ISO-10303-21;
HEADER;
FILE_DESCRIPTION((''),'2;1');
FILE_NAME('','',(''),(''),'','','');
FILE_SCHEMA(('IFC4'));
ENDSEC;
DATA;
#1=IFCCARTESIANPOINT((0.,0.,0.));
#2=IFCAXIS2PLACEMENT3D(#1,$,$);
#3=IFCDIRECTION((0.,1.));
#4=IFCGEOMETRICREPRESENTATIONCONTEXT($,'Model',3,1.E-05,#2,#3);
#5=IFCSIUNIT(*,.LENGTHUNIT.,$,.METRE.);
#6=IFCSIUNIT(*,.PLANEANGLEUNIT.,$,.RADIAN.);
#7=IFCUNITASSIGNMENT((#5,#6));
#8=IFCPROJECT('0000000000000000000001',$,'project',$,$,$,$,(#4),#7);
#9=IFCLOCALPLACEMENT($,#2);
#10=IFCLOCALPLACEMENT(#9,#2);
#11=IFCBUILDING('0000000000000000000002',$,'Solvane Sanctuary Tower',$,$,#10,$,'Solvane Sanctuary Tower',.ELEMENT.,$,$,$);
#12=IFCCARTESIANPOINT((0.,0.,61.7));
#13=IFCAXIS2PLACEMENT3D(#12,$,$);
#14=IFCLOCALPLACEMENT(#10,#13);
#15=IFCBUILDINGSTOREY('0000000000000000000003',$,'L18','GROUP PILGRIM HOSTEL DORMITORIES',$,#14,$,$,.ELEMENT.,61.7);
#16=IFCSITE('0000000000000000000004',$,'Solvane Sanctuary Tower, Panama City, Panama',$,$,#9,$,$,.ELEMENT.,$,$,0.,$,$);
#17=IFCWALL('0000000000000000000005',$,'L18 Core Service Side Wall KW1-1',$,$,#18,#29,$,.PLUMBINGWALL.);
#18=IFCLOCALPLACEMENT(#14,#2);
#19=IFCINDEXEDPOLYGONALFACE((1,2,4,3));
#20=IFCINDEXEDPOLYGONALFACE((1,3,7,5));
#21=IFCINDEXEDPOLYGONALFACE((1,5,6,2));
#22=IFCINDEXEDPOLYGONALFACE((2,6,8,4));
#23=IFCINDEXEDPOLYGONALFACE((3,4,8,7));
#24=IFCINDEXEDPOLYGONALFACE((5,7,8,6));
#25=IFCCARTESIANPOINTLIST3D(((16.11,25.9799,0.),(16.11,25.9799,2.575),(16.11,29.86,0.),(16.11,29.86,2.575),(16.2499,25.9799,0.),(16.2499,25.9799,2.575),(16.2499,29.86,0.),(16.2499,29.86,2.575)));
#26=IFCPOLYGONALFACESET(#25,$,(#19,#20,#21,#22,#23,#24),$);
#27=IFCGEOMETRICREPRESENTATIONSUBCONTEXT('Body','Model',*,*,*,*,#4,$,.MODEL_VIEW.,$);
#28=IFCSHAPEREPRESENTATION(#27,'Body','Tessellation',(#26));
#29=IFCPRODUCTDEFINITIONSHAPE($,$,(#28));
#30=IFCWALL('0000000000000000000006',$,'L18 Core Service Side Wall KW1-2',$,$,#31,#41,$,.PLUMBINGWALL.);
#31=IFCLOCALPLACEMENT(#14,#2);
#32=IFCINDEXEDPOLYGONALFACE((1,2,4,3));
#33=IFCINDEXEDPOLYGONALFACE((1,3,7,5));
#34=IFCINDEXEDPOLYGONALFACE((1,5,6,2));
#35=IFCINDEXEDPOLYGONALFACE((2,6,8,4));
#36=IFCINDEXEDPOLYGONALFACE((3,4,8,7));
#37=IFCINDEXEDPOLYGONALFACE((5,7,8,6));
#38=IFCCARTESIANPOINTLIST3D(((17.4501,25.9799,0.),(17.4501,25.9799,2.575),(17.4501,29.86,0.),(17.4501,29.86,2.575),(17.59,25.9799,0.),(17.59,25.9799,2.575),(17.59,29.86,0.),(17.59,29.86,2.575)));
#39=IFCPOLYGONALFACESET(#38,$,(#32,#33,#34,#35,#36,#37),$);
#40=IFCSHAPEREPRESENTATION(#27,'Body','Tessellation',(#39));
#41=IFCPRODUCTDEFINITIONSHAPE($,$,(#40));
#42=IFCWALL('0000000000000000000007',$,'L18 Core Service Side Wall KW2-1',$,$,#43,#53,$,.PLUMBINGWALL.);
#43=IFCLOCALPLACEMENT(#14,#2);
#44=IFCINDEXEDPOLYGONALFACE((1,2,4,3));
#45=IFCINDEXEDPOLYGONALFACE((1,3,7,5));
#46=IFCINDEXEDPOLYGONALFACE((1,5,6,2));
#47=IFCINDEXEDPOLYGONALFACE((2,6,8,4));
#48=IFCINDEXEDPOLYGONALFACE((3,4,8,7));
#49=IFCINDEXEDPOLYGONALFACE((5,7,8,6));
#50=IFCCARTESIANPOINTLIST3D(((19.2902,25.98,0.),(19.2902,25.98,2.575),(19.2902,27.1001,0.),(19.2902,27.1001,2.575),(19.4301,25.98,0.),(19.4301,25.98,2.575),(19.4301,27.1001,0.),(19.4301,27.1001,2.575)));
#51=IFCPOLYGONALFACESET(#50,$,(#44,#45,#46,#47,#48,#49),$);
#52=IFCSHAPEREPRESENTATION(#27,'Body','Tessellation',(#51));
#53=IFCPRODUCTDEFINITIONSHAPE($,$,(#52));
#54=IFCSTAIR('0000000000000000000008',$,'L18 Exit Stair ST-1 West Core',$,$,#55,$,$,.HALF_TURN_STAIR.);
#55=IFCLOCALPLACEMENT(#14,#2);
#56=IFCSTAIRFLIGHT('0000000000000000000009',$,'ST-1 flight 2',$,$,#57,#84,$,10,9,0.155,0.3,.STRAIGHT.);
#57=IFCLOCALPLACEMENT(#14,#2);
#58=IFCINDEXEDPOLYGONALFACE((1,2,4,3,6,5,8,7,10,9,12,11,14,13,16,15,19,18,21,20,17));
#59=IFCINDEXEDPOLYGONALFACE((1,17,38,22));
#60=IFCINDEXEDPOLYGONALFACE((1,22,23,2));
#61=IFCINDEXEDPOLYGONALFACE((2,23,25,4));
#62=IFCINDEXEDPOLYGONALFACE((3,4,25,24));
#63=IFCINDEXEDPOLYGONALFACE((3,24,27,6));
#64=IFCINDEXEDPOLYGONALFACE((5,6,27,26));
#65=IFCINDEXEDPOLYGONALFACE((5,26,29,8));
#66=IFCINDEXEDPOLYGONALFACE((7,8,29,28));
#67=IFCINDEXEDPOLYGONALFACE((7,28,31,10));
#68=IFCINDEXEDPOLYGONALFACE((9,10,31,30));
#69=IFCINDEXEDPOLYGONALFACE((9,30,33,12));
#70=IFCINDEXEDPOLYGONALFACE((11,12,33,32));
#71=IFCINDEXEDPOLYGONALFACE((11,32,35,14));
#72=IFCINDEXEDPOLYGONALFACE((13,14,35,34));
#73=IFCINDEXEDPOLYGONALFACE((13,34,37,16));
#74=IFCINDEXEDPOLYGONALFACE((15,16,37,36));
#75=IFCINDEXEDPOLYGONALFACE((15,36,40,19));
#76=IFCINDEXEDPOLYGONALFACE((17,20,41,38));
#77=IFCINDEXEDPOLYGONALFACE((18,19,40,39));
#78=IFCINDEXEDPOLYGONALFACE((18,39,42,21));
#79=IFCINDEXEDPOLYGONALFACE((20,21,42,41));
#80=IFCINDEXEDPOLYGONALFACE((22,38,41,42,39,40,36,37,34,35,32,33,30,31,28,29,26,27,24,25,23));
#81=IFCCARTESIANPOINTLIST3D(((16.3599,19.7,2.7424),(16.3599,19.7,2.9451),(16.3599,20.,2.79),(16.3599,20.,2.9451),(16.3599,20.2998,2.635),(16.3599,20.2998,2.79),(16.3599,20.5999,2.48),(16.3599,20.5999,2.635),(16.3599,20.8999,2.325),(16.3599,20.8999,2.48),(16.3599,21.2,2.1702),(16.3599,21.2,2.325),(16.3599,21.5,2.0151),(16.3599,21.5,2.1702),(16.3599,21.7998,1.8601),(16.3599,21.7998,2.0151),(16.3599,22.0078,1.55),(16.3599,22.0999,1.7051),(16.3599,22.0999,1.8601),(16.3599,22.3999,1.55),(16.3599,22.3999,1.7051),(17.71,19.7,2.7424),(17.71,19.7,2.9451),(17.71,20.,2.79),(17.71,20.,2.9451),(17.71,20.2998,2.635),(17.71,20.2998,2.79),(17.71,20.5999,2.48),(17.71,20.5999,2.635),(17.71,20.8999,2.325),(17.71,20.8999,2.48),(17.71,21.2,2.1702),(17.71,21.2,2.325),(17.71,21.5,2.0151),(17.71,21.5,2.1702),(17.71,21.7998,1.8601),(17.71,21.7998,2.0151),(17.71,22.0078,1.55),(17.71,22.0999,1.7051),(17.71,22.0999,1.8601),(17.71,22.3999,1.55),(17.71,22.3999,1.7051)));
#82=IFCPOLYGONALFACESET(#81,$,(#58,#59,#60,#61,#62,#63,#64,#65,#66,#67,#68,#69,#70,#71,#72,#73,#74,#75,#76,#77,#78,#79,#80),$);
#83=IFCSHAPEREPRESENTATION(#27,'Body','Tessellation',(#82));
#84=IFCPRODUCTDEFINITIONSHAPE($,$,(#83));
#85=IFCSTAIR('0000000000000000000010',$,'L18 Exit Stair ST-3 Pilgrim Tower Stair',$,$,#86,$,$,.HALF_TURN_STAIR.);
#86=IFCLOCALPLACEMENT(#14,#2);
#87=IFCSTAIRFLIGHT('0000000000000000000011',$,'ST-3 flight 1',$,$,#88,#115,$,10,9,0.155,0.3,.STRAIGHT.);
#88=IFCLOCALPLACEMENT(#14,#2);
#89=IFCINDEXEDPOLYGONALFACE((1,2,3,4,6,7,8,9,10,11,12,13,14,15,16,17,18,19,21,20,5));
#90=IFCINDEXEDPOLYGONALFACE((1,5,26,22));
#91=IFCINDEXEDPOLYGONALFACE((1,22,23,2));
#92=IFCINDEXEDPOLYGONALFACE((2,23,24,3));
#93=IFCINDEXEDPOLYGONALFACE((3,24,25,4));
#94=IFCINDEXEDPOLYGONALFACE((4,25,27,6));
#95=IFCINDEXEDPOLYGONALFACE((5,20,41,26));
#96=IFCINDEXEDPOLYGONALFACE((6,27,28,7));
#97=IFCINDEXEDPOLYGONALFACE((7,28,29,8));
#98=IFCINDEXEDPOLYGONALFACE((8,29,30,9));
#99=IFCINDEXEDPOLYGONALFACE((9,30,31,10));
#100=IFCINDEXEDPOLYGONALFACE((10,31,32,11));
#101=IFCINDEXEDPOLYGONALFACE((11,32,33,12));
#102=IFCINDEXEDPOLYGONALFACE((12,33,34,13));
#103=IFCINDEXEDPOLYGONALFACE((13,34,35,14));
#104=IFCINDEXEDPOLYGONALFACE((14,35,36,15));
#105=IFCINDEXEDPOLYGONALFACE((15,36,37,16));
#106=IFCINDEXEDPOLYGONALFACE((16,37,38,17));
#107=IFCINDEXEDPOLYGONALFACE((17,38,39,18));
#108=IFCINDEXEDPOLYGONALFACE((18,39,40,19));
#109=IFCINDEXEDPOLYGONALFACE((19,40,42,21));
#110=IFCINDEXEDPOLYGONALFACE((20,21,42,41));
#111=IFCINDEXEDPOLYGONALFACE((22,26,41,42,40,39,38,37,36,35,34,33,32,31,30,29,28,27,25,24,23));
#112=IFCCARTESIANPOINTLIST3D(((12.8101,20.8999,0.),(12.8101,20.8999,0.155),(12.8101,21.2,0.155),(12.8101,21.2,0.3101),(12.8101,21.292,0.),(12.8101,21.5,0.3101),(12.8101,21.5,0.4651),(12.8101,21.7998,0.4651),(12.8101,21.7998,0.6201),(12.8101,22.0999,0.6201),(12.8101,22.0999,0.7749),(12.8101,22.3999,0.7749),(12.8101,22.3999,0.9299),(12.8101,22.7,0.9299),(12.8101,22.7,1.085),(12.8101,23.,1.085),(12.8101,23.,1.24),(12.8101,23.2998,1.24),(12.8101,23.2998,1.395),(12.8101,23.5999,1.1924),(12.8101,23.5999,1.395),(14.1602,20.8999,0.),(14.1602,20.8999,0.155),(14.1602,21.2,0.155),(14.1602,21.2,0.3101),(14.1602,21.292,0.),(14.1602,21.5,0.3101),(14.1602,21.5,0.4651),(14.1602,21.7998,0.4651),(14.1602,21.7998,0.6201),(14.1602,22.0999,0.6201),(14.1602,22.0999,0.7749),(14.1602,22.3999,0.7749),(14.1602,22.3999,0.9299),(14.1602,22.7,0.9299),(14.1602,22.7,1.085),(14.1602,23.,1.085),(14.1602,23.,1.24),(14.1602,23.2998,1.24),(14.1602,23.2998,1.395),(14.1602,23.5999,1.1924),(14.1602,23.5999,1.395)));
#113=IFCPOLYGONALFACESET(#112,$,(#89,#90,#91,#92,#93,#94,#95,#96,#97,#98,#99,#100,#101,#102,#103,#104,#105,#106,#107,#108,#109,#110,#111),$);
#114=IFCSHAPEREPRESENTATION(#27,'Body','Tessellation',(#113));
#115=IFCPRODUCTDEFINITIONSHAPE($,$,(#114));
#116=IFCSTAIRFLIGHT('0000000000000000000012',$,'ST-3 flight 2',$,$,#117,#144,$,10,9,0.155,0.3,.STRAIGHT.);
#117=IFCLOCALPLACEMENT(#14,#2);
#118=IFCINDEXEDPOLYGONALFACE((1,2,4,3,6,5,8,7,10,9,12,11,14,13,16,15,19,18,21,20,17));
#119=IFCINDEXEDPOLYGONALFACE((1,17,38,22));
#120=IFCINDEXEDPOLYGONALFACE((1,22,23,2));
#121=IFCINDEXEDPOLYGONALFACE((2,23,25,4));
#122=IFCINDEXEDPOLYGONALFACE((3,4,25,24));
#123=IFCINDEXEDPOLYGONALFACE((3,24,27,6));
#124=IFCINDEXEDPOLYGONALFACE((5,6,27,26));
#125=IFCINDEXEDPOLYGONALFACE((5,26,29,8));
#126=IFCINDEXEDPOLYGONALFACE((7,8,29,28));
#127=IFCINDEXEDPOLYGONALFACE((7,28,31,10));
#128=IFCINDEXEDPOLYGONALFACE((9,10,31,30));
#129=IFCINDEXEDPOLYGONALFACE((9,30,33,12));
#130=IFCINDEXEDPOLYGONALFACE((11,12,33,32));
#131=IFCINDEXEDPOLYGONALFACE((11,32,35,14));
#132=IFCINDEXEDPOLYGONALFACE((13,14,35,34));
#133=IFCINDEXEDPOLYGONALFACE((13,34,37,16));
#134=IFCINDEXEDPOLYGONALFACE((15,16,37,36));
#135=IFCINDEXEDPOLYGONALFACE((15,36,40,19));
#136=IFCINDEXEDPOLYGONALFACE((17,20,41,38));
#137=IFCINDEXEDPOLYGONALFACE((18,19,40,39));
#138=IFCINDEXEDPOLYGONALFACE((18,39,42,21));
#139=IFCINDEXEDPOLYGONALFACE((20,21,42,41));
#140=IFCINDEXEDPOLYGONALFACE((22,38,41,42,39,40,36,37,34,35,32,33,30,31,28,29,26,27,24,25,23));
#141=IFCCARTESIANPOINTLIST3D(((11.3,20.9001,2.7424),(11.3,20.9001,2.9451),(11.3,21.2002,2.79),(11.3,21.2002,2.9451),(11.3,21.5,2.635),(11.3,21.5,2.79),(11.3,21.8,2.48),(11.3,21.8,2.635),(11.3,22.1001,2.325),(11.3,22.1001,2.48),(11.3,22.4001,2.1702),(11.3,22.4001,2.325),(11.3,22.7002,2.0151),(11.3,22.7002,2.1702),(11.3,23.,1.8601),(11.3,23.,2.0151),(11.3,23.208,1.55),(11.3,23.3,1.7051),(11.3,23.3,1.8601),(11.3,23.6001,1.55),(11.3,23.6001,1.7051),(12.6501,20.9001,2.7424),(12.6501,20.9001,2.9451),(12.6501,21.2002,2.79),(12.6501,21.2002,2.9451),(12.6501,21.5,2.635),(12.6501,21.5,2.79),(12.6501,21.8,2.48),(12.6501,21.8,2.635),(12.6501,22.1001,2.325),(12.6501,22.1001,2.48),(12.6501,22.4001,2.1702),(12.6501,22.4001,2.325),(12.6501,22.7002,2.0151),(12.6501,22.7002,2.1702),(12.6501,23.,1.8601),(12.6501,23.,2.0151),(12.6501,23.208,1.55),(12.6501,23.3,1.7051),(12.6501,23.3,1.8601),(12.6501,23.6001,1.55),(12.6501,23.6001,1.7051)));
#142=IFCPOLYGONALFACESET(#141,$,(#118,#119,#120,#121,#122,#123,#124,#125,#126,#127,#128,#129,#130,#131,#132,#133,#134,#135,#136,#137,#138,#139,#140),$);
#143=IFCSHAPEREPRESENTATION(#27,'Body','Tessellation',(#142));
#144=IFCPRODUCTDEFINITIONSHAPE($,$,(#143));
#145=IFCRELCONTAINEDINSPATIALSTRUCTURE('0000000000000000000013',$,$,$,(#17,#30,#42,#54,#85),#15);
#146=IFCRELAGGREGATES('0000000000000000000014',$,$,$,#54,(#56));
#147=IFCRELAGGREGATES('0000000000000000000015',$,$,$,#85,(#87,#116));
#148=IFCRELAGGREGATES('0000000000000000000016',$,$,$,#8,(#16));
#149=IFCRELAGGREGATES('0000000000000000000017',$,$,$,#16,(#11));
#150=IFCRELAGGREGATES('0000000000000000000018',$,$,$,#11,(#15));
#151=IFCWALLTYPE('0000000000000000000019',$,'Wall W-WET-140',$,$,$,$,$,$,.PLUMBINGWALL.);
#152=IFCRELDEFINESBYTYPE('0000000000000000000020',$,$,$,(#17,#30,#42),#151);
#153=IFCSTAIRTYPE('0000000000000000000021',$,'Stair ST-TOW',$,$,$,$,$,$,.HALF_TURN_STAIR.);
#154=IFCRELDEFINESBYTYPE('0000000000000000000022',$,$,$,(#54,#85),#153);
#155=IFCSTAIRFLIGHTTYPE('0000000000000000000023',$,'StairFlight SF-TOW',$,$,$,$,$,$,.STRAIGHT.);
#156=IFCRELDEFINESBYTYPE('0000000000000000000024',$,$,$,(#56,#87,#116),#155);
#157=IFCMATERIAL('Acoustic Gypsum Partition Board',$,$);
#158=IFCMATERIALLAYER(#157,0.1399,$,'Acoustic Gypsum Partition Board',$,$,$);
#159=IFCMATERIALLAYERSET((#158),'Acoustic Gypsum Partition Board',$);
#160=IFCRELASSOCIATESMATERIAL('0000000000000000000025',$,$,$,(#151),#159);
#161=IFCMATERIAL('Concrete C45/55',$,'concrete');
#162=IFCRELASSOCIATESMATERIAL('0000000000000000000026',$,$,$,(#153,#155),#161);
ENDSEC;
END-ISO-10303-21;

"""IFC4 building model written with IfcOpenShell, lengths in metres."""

from ifc_helpers import new_model, si_unit, direction, frame, frame_2d, origin, place, context, subcontext, project, spatial, polyline, rectangle, outline, extrude, material, layer, layer_set, type_object, element, aggregate, save


model = new_model("IFC4")

# Units and contexts
model_context = context("Model", 3, precision=1e-05, world=origin(), true_north=direction((0.0, 1.0)))
body_context = subcontext(model_context, "Body", "Model", "MODEL_VIEW")
ifc_project = project(units=[si_unit("LENGTHUNIT", "METRE"), si_unit("PLANEANGLEUNIT", "RADIAN")], contexts=[model_context])

# Site, building, storey
site_placement = place(None, origin())
site = spatial("IfcSite", under=ifc_project, at=site_placement, Name="Solvane Sanctuary Tower, Panama City, Panama", CompositionType="ELEMENT", RefElevation=0.0)
building_placement = place(site_placement, origin())
building = spatial("IfcBuilding", under=site, at=building_placement, Name="Solvane Sanctuary Tower", LongName="Solvane Sanctuary Tower", CompositionType="ELEMENT")
storey_placement = place(building_placement, frame((0.0, 0.0, 61.7)))
storey = spatial("IfcBuildingStorey", under=building, at=storey_placement, Name="L18", Description="GROUP PILGRIM HOSTEL DORMITORIES", CompositionType="ELEMENT", Elevation=61.7)

# Shared definitions
ifc_material_1 = material(Name="Acoustic Gypsum Partition Board")

# Walls
ifc_layer_1 = layer(ifc_material_1, 0.1399, Name="Acoustic Gypsum Partition Board")
ifc_layer_set_1 = layer_set([ifc_layer_1], Name="Acoustic Gypsum Partition Board")
wall_type_1 = type_object("IfcWallType", Name="Wall W-WET-140", PredefinedType="PLUMBINGWALL", material=ifc_layer_set_1)
for number, where, z_axis, x_axis, name in (
    (1, (16.1799, 25.98, 0.0), (0.0, 0.0, 1.0), (0.0, 1.0, 0.0), "L18 Core Service Side Wall KW1-1"),
    (2, (17.52, 25.98, 0.0), (0.0, 0.0, 1.0), (0.0, 1.0, 0.0), "L18 Core Service Side Wall KW1-2"),
):
    element("IfcWall", number, at=place(storey_placement, frame(where, z_axis=z_axis, x_axis=x_axis)), inside=storey, type_object=wall_type_1, Name=name, PredefinedType="PLUMBINGWALL", context=body_context, shape_type="SweptSolid", body=[
        extrude(rectangle(XDim=3.8801, YDim=0.1399, at=frame_2d((1.9399, 0.0))), origin(), (0.0, 0.0, 1.0), 2.575),
    ])
wall_1_placement = place(storey_placement, frame((19.3601, 25.98, 0.0), z_axis=(0.0, 0.0, 1.0), x_axis=(0.0, 1.0, 0.0)))
element("IfcWall", 3, at=wall_1_placement, inside=storey, type_object=wall_type_1, Name="L18 Core Service Side Wall KW2-1", PredefinedType="PLUMBINGWALL", context=body_context, shape_type="SweptSolid", body=[
    extrude(rectangle(XDim=1.1201, YDim=0.1399, at=frame_2d((0.5601, 0.0))), origin(), (0.0, 0.0, 1.0), 2.575),
])

# Stair, stair flight
ifc_material_2 = material(Name="Concrete C45/55", Category="concrete")
stair_type = type_object("IfcStairType", Name="Stair ST-TOW", PredefinedType="HALF_TURN_STAIR", material=ifc_material_2)
stair_1_placement = place(storey_placement, origin())
stair_1 = element("IfcStair", 4, at=stair_1_placement, inside=storey, type_object=stair_type, Name="L18 Exit Stair ST-1 West Core", PredefinedType="HALF_TURN_STAIR")
stair_flight_type = type_object("IfcStairFlightType", Name="StairFlight SF-TOW", PredefinedType="STRAIGHT", material=ifc_material_2)
stair_flight_1_placement = place(storey_placement, frame((17.0349, 22.3999, 1.55), z_axis=(0.0, 0.0, 1.0), x_axis=(0.0, -1.0, 0.0)))
stair_flight_1 = element("IfcStairFlight", 5, at=stair_flight_1_placement, type_object=stair_flight_type, Name="ST-1 flight 2", NumberOfRisers=10, NumberOfTreads=9, PredefinedType="STRAIGHT", RiserHeight=0.155, TreadLength=0.3, context=body_context, shape_type="SweptSolid", body=[
    extrude(outline(polyline([(0.0, 0.0), (0.0, 0.155), (0.3, 0.155), (0.3, 0.3101), (0.6001, 0.3101), (0.6001, 0.4651), (0.8999, 0.4651), (0.8999, 0.6201), (1.2, 0.6201), (1.2, 0.7749), (1.5, 0.7749), (1.5, 0.9299), (1.8, 0.9299), (1.8, 1.085), (2.1001, 1.085), (2.1001, 1.24), (2.3999, 1.24), (2.3999, 1.395), (2.7, 1.395), (2.7, 1.55), (2.7, 1.1924), (0.3921, 0.0), (0.0, 0.0)])), frame((0.0, 0.675, 0.0), z_axis=(0.0, -1.0, 0.0), x_axis=(1.0, 0.0, 0.0)), (0.0, 0.0, 1.0), 1.3501),
])
aggregate(stair_1, [stair_flight_1])

# Stair, stair flights
stair_2_placement = place(storey_placement, origin())
stair_2 = element("IfcStair", 6, at=stair_2_placement, inside=storey, type_object=stair_type, Name="L18 Exit Stair ST-3 Pilgrim Tower Stair", PredefinedType="HALF_TURN_STAIR")
stair_flight_2_placement = place(storey_placement, frame((13.4851, 20.8999, 0.0), z_axis=(0.0, 0.0, 1.0), x_axis=(0.0, 1.0, 0.0)))
stair_flight_2 = element("IfcStairFlight", 7, at=stair_flight_2_placement, type_object=stair_flight_type, Name="ST-3 flight 1", NumberOfRisers=10, NumberOfTreads=9, PredefinedType="STRAIGHT", RiserHeight=0.155, TreadLength=0.3, context=body_context, shape_type="SweptSolid", body=[
    extrude(outline(polyline([(0.0, 0.0), (0.0, 0.155), (0.3, 0.155), (0.3, 0.3101), (0.6001, 0.3101), (0.6001, 0.4651), (0.8999, 0.4651), (0.8999, 0.6201), (1.2, 0.6201), (1.2, 0.7749), (1.5, 0.7749), (1.5, 0.9299), (1.8, 0.9299), (1.8, 1.085), (2.1001, 1.085), (2.1001, 1.24), (2.3999, 1.24), (2.3999, 1.395), (2.7, 1.395), (2.7, 1.55), (2.7, 1.1924), (0.3921, 0.0), (0.0, 0.0)])), frame((0.0, 0.675, 0.0), z_axis=(0.0, -1.0, 0.0), x_axis=(1.0, 0.0, 0.0)), (0.0, 0.0, 1.0), 1.3501),
])
stair_flight_3_placement = place(storey_placement, frame((11.9751, 23.6001, 1.55), z_axis=(0.0, 0.0, 1.0), x_axis=(0.0, -1.0, 0.0)))
stair_flight_3 = element("IfcStairFlight", 8, at=stair_flight_3_placement, type_object=stair_flight_type, Name="ST-3 flight 2", NumberOfRisers=10, NumberOfTreads=9, PredefinedType="STRAIGHT", RiserHeight=0.155, TreadLength=0.3, context=body_context, shape_type="SweptSolid", body=[
    extrude(outline(polyline([(0.0, 0.0), (0.0, 0.155), (0.3, 0.155), (0.3, 0.3101), (0.6001, 0.3101), (0.6001, 0.4651), (0.8999, 0.4651), (0.8999, 0.6201), (1.2, 0.6201), (1.2, 0.7749), (1.5, 0.7749), (1.5, 0.9299), (1.8, 0.9299), (1.8, 1.085), (2.1001, 1.085), (2.1001, 1.24), (2.3999, 1.24), (2.3999, 1.395), (2.7, 1.395), (2.7, 1.55), (2.7, 1.1924), (0.3921, 0.0), (0.0, 0.0)])), frame((0.0, 0.675, 0.0), z_axis=(0.0, -1.0, 0.0), x_axis=(1.0, 0.0, 0.0)), (0.0, 0.0, 1.0), 1.3501),
])
aggregate(stair_2, [stair_flight_2, stair_flight_3])

save(model, "model.ifc")
